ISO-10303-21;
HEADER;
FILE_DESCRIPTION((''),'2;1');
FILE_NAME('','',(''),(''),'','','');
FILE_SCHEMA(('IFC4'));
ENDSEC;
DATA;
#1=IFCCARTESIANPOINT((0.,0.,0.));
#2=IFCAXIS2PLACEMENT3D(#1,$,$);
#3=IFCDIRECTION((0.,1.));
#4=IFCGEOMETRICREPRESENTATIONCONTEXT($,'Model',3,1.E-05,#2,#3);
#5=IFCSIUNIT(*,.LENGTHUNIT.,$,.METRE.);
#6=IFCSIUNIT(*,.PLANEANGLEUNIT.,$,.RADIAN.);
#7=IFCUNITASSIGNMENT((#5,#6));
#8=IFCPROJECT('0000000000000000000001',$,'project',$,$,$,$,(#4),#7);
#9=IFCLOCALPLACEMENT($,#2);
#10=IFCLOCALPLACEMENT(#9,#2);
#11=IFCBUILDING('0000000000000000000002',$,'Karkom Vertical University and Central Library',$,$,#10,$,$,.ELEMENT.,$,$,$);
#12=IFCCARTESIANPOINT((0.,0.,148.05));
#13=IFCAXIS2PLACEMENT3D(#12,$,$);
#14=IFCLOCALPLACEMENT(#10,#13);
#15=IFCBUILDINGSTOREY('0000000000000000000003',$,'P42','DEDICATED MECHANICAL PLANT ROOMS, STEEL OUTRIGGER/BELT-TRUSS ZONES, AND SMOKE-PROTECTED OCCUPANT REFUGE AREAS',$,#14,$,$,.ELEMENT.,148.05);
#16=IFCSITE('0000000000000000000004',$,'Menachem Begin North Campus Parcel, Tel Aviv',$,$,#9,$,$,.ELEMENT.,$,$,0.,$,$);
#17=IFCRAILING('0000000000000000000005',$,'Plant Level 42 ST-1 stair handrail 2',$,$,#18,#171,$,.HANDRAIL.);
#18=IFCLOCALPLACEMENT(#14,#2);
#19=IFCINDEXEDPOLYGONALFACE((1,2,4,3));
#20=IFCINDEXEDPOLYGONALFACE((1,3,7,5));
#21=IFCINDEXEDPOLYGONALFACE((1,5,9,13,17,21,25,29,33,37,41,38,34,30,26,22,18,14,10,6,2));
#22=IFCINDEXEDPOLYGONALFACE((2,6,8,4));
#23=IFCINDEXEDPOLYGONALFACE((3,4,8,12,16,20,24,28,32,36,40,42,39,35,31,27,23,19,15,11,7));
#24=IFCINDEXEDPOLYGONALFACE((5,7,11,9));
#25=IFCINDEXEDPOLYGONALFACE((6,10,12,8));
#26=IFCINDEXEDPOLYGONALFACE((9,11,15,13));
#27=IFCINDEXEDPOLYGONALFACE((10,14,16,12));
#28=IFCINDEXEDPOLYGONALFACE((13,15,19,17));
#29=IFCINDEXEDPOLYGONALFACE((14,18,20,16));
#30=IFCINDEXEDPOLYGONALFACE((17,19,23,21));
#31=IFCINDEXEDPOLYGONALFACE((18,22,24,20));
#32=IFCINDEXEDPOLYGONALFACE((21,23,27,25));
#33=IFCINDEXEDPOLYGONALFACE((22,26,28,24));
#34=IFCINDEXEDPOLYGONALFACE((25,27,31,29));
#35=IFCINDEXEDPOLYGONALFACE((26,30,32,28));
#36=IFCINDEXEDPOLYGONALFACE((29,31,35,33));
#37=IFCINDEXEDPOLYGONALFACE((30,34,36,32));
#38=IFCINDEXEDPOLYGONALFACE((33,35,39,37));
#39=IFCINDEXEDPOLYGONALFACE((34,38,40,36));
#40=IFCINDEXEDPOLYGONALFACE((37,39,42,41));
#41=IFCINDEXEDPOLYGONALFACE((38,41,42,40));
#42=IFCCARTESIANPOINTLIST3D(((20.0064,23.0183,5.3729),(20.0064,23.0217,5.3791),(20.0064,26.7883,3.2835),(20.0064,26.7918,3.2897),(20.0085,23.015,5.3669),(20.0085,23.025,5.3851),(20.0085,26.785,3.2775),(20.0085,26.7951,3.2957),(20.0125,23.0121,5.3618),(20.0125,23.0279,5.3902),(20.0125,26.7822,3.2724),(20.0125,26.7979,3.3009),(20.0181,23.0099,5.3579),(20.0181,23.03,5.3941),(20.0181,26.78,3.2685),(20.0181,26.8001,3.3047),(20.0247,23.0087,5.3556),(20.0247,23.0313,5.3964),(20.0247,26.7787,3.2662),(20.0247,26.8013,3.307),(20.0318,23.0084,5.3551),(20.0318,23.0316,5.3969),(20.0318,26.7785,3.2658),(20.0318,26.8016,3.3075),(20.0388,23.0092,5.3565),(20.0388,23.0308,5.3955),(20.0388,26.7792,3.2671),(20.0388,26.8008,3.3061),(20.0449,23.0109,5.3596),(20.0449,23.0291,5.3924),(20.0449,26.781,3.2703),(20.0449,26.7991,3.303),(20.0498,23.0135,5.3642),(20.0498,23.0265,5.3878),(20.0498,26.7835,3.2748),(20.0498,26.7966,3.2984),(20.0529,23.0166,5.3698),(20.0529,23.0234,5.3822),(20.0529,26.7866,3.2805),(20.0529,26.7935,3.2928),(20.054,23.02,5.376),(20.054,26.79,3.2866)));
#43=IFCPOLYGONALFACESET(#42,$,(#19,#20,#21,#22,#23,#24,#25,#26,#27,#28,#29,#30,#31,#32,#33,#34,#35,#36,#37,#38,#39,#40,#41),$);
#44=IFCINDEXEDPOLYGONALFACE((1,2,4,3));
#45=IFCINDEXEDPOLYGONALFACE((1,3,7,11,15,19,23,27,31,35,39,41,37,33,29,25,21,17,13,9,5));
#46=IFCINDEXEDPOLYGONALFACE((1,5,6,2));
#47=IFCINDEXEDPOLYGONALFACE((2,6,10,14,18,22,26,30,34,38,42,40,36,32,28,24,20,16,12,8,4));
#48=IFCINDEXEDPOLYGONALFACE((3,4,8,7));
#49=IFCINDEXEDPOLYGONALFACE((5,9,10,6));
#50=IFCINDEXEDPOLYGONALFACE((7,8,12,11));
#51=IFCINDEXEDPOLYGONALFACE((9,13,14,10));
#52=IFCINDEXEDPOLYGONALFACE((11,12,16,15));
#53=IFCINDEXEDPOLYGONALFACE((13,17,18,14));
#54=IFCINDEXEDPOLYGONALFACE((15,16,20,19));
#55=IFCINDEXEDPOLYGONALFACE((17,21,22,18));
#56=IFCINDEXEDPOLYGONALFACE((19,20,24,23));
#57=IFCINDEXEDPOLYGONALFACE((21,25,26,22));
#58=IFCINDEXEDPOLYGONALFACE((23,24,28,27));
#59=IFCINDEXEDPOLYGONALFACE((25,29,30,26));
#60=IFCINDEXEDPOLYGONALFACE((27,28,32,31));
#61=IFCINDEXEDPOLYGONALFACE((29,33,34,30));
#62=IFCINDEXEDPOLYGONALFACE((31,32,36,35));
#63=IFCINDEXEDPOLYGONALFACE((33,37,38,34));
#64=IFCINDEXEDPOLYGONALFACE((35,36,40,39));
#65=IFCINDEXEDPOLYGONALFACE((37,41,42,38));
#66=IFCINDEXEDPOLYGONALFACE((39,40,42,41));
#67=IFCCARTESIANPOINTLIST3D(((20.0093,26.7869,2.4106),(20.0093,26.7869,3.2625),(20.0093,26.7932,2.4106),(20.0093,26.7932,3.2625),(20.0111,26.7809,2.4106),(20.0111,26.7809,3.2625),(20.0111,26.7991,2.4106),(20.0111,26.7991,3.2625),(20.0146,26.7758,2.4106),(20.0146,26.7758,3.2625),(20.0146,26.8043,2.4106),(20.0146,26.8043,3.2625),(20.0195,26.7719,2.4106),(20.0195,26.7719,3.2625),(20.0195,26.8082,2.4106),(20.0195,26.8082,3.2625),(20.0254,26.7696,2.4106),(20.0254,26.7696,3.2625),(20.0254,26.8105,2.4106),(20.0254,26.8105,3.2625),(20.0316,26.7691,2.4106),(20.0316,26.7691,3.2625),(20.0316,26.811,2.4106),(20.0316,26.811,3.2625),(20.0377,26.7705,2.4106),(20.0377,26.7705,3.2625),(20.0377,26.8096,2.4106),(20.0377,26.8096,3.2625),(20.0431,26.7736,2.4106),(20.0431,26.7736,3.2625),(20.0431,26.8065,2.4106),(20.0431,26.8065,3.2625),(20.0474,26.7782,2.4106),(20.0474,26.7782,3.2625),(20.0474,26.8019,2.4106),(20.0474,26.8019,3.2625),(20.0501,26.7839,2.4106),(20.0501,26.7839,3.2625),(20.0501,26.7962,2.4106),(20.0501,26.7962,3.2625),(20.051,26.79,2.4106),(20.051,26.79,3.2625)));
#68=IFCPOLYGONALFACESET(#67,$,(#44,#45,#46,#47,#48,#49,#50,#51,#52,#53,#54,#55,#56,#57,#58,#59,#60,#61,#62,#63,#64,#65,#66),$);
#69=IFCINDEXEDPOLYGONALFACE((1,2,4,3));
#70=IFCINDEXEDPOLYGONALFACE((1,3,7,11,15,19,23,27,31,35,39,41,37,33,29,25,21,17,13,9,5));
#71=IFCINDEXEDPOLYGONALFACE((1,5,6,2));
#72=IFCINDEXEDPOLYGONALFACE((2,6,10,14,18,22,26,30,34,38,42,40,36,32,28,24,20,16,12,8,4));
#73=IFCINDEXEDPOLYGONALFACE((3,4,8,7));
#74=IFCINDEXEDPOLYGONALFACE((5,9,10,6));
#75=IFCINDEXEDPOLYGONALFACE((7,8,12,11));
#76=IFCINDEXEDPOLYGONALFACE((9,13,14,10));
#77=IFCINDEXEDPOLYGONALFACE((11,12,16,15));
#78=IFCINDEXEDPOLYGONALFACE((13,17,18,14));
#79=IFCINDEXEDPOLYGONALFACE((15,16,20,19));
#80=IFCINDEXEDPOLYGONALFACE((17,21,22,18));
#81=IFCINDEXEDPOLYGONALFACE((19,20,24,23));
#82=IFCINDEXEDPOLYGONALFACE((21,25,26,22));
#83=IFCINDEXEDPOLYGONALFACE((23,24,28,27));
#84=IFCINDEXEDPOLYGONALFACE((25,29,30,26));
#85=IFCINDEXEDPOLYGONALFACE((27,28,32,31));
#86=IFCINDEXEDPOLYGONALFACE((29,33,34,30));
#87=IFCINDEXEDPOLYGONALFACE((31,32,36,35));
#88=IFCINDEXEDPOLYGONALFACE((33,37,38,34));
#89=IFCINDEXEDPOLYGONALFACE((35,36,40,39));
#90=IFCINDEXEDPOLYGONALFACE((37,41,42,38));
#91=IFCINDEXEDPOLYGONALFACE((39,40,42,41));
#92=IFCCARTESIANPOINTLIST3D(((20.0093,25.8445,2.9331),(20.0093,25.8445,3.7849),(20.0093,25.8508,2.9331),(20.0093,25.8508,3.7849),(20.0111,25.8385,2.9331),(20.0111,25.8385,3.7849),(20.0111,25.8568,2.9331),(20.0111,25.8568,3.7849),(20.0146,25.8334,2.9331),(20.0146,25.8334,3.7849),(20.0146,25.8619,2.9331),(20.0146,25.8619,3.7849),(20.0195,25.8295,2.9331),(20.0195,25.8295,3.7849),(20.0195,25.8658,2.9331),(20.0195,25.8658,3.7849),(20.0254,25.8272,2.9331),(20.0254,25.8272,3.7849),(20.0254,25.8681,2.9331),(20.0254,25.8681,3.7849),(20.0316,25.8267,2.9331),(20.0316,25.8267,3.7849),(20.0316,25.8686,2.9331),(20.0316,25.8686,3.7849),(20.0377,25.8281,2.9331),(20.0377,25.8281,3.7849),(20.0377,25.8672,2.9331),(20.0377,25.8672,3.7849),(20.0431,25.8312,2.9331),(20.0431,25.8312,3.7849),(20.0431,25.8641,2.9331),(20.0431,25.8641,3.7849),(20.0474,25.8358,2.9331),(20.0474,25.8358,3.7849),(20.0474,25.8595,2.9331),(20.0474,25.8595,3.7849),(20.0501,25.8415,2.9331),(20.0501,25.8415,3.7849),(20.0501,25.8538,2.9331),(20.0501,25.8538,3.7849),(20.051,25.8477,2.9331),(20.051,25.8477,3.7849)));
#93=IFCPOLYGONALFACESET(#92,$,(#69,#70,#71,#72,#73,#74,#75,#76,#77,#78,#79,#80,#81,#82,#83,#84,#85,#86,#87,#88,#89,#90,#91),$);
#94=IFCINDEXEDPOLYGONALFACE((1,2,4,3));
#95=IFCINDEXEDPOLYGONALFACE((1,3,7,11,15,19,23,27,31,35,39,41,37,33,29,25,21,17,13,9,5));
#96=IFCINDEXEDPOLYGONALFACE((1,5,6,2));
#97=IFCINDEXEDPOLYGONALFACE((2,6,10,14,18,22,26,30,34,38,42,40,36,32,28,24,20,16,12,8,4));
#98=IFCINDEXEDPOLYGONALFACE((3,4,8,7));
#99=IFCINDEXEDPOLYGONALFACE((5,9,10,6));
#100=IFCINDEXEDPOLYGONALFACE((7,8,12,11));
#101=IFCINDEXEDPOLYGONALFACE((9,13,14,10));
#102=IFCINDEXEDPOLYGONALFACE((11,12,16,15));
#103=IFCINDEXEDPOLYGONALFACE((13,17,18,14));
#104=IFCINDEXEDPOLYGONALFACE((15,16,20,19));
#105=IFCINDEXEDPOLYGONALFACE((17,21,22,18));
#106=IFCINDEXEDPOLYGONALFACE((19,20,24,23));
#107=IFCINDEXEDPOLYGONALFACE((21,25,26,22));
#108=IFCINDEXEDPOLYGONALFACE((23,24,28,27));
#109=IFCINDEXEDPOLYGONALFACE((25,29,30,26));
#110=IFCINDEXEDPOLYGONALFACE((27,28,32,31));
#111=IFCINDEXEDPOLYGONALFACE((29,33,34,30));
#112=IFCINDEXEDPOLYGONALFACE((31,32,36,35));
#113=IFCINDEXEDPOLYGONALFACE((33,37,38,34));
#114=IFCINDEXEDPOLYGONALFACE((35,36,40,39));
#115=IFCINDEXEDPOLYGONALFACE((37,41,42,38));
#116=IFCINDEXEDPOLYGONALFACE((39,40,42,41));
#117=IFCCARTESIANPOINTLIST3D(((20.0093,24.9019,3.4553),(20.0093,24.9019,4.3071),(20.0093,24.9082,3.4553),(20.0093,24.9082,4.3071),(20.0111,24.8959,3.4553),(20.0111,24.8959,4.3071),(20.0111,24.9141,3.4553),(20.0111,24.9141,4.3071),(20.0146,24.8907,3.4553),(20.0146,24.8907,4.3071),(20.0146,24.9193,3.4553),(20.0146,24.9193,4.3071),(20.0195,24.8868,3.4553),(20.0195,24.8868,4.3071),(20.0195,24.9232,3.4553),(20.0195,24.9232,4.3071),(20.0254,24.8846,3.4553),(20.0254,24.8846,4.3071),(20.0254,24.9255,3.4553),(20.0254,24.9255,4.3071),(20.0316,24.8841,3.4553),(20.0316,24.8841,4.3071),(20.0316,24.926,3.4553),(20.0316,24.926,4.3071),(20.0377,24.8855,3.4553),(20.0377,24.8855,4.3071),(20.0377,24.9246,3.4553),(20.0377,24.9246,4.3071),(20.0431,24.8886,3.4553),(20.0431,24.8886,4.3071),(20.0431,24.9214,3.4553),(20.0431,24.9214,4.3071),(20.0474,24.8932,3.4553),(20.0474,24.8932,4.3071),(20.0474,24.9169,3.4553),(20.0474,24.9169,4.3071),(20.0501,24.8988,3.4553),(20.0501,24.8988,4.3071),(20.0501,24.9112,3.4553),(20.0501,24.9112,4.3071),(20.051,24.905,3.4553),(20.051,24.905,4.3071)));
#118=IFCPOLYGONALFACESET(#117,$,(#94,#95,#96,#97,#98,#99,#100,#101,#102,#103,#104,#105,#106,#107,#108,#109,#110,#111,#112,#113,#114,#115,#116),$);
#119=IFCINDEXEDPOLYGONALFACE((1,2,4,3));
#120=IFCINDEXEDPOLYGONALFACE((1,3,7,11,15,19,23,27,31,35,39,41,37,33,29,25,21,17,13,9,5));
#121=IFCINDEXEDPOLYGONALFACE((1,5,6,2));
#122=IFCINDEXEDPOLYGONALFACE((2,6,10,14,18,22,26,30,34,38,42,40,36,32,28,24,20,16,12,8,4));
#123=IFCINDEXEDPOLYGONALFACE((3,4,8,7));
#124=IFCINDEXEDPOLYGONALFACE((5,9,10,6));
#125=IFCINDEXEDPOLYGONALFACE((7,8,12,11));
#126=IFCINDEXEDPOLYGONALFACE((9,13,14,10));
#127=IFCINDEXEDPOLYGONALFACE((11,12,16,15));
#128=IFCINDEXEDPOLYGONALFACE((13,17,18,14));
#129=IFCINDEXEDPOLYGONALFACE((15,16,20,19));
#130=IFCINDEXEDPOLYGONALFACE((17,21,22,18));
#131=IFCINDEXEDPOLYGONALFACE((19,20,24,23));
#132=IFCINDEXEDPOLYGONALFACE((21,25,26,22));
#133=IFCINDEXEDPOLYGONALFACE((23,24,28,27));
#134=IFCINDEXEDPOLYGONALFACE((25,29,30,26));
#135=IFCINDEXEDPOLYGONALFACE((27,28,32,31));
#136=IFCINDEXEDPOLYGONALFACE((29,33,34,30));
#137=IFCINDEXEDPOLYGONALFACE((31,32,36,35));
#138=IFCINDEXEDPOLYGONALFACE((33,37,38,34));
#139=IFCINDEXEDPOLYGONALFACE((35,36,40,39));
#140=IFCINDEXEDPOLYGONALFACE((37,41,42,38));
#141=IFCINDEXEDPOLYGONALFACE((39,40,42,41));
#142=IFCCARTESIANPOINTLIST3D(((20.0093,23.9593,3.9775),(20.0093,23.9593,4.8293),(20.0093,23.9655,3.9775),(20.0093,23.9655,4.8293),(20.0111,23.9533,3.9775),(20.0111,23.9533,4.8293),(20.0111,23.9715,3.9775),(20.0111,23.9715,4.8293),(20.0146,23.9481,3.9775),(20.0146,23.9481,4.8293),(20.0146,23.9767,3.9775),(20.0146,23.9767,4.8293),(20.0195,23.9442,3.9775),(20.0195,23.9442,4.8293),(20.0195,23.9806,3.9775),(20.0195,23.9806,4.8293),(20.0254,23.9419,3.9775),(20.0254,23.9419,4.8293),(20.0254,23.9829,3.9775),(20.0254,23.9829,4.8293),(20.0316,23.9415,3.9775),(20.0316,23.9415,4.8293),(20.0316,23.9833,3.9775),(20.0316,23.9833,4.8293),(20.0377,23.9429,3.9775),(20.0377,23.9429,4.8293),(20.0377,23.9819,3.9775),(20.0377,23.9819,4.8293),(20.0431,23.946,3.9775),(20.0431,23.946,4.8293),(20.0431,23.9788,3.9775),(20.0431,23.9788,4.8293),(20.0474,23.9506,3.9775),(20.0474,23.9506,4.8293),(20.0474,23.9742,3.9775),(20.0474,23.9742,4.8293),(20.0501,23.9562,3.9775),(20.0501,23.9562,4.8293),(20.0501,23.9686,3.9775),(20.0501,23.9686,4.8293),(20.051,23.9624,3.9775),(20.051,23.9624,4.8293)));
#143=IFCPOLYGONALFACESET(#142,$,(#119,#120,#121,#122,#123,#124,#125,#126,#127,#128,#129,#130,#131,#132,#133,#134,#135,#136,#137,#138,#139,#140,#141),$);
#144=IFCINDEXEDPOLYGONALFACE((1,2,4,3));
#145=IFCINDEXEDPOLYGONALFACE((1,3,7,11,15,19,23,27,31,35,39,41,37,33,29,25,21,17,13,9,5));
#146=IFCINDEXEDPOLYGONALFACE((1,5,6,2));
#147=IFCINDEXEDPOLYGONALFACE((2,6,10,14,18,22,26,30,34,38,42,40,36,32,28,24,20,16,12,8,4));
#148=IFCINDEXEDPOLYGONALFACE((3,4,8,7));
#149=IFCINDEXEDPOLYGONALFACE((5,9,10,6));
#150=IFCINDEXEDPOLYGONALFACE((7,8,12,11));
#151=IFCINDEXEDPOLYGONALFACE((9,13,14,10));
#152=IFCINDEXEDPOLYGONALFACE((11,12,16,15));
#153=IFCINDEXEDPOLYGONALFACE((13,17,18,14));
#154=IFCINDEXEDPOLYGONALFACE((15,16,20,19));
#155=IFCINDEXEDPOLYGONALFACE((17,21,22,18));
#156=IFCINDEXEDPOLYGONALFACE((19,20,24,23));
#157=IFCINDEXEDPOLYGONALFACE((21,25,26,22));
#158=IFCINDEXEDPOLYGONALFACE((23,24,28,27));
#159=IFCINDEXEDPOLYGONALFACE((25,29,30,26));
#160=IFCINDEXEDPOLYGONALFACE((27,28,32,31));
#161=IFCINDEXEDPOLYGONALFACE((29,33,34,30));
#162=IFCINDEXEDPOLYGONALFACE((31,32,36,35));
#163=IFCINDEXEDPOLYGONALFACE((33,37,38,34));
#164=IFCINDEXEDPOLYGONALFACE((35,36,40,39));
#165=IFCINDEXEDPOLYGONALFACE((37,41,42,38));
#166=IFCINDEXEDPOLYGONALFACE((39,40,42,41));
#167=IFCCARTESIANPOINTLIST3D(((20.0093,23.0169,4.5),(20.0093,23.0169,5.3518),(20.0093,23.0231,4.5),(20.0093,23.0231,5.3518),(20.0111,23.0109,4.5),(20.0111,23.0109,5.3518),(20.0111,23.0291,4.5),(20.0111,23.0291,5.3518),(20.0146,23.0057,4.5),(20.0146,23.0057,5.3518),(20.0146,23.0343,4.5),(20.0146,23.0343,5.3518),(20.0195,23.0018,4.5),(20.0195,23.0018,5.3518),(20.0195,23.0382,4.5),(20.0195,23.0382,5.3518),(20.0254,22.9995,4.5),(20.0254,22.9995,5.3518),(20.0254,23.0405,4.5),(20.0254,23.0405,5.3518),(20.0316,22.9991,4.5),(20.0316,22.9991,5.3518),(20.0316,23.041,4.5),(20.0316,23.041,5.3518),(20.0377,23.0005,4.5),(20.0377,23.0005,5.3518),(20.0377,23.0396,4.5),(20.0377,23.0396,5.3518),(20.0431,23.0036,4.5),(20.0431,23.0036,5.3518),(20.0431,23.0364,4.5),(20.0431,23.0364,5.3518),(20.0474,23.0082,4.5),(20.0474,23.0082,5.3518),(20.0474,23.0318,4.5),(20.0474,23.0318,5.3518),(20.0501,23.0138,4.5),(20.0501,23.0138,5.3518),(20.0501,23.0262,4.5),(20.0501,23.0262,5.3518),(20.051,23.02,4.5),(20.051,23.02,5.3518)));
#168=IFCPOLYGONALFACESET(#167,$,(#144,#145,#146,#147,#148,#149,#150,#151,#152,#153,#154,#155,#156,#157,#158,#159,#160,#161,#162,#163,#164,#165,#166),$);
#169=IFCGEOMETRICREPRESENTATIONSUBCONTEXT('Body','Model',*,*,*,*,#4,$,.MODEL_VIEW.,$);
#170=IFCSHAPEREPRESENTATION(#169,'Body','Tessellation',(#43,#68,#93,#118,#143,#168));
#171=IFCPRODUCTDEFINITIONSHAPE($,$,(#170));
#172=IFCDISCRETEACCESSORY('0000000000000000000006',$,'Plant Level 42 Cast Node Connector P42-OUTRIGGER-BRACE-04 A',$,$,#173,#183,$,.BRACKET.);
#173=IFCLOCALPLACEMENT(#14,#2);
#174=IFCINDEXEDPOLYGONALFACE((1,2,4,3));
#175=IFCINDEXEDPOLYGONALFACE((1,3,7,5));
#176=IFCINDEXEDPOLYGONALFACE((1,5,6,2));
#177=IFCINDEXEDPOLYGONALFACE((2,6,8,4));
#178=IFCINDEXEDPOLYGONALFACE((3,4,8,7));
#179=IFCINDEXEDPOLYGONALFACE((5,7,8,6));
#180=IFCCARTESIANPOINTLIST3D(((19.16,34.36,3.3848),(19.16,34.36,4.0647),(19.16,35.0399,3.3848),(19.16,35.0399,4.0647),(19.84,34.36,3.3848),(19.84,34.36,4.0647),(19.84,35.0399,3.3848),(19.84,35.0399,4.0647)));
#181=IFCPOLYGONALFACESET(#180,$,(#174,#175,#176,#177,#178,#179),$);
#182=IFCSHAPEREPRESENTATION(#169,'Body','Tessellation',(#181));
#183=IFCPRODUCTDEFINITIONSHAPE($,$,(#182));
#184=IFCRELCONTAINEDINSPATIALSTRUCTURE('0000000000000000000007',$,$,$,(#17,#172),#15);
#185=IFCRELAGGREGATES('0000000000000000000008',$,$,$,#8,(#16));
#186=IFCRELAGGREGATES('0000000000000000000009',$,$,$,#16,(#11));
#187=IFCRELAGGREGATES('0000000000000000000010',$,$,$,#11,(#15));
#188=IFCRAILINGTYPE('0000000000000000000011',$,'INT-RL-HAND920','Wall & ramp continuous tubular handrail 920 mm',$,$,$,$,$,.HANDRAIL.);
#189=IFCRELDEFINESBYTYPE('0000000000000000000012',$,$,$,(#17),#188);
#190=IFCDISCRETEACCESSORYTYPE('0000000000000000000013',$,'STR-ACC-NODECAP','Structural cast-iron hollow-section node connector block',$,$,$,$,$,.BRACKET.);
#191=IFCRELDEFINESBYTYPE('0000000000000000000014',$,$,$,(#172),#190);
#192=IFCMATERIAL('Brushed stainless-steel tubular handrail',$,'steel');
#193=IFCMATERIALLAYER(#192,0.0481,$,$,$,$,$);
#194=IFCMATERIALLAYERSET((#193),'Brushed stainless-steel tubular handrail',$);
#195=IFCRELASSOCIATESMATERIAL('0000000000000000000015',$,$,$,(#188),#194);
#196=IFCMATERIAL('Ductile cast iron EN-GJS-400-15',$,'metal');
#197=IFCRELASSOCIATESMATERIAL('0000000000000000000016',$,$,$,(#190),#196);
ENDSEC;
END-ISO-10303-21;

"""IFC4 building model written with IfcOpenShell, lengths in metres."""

from ifc_helpers import new_model, si_unit, direction, frame, origin, origin_with_axes, origin_2d, place, context, subcontext, project, spatial, rectangle, circle, extrude, source, transform, mapped, material, layer, layer_set, type_object, element, save


model = new_model("IFC4")

# Units and contexts
model_context = context("Model", 3, precision=1e-05, world=origin(), true_north=direction((0.0, 1.0)))
body_context = subcontext(model_context, "Body", "Model", "MODEL_VIEW")
ifc_project = project(units=[si_unit("LENGTHUNIT", "METRE"), si_unit("PLANEANGLEUNIT", "RADIAN")], contexts=[model_context])

# Site, building, storey
site_placement = place(None, origin())
site = spatial("IfcSite", under=ifc_project, at=site_placement, Name="Menachem Begin North Campus Parcel, Tel Aviv", CompositionType="ELEMENT", RefElevation=0.0)
building_placement = place(site_placement, origin())
building = spatial("IfcBuilding", under=site, at=building_placement, Name="Karkom Vertical University and Central Library", CompositionType="ELEMENT")
storey_placement = place(building_placement, frame((0.0, 0.0, 148.05)))
storey = spatial("IfcBuildingStorey", under=building, at=storey_placement, Name="P42", Description="DEDICATED MECHANICAL PLANT ROOMS, STEEL OUTRIGGER/BELT-TRUSS ZONES, AND SMOKE-PROTECTED OCCUPANT REFUGE AREAS", CompositionType="ELEMENT", Elevation=148.05)

# Railing
ifc_material_1 = material(Name="Brushed stainless-steel tubular handrail", Category="steel")
ifc_layer_1 = layer(ifc_material_1, 0.0481)
ifc_layer_set_1 = layer_set([ifc_layer_1], Name="Brushed stainless-steel tubular handrail")
railing_type_1 = type_object("IfcRailingType", Name="INT-RL-HAND920", Description="Wall & ramp continuous tubular handrail 920 mm", PredefinedType="HANDRAIL", material=ifc_layer_set_1)
railing_1_placement = place(storey_placement, frame((20.03, 26.79, 2.4106)))
element("IfcRailing", 1, at=railing_1_placement, inside=storey, type_object=railing_type_1, Name="Plant Level 42 ST-1 stair handrail 2", PredefinedType="HANDRAIL", context=body_context, shape_type="SweptSolid", body=[
    extrude(circle(Radius=0.0239, at=origin_2d()), frame((0.0, 0.0, 0.876), z_axis=(0.0, -0.874659, 0.484739), x_axis=(1.0, 0.0, 0.0)), (0.0, 0.0, 1.0), 4.3103),
    extrude(circle(Radius=0.021, at=origin_2d()), origin(), (0.0, 0.0, 1.0), 0.8518),
    extrude(circle(Radius=0.021, at=origin_2d()), frame((0.0, -0.9424, 0.5225)), (0.0, 0.0, 1.0), 0.8518),
    extrude(circle(Radius=0.021, at=origin_2d()), frame((0.0, -1.885, 1.0447)), (0.0, 0.0, 1.0), 0.8518),
    extrude(circle(Radius=0.021, at=origin_2d()), frame((0.0, -2.8276, 1.5669)), (0.0, 0.0, 1.0), 0.8518),
    extrude(circle(Radius=0.021, at=origin_2d()), frame((0.0, -3.77, 2.0894)), (0.0, 0.0, 1.0), 0.8518),
])

# Discrete accessory
ifc_material_2 = material(Name="Ductile cast iron EN-GJS-400-15", Category="metal")
discrete_accessory_type = type_object("IfcDiscreteAccessoryType", Name="STR-ACC-NODECAP", Description="Structural cast-iron hollow-section node connector block", PredefinedType="BRACKET", material=ifc_material_2)
shared_shape_1 = source(origin_with_axes(), body_context, "Body", "SweptSolid", [
    extrude(rectangle(XDim=0.6799, YDim=0.6799, at=origin_2d()), origin(), (0.0, 0.0, 1.0), 0.6799),
])
discrete_accessory_placement = place(storey_placement, frame((19.5, 34.7, 3.3848), z_axis=(0.0, 0.0, 1.0), x_axis=(1.0, 0.0, 0.0)))
element("IfcDiscreteAccessory", 2, at=discrete_accessory_placement, inside=storey, type_object=discrete_accessory_type, Name="Plant Level 42 Cast Node Connector P42-OUTRIGGER-BRACE-04 A", PredefinedType="BRACKET", context=body_context, shape_type="MappedRepresentation", body=[
    mapped(shared_shape_1, transform((0.0, 0.0, 0.0), scale=1.0)),
])

save(model, "model.ifc")
